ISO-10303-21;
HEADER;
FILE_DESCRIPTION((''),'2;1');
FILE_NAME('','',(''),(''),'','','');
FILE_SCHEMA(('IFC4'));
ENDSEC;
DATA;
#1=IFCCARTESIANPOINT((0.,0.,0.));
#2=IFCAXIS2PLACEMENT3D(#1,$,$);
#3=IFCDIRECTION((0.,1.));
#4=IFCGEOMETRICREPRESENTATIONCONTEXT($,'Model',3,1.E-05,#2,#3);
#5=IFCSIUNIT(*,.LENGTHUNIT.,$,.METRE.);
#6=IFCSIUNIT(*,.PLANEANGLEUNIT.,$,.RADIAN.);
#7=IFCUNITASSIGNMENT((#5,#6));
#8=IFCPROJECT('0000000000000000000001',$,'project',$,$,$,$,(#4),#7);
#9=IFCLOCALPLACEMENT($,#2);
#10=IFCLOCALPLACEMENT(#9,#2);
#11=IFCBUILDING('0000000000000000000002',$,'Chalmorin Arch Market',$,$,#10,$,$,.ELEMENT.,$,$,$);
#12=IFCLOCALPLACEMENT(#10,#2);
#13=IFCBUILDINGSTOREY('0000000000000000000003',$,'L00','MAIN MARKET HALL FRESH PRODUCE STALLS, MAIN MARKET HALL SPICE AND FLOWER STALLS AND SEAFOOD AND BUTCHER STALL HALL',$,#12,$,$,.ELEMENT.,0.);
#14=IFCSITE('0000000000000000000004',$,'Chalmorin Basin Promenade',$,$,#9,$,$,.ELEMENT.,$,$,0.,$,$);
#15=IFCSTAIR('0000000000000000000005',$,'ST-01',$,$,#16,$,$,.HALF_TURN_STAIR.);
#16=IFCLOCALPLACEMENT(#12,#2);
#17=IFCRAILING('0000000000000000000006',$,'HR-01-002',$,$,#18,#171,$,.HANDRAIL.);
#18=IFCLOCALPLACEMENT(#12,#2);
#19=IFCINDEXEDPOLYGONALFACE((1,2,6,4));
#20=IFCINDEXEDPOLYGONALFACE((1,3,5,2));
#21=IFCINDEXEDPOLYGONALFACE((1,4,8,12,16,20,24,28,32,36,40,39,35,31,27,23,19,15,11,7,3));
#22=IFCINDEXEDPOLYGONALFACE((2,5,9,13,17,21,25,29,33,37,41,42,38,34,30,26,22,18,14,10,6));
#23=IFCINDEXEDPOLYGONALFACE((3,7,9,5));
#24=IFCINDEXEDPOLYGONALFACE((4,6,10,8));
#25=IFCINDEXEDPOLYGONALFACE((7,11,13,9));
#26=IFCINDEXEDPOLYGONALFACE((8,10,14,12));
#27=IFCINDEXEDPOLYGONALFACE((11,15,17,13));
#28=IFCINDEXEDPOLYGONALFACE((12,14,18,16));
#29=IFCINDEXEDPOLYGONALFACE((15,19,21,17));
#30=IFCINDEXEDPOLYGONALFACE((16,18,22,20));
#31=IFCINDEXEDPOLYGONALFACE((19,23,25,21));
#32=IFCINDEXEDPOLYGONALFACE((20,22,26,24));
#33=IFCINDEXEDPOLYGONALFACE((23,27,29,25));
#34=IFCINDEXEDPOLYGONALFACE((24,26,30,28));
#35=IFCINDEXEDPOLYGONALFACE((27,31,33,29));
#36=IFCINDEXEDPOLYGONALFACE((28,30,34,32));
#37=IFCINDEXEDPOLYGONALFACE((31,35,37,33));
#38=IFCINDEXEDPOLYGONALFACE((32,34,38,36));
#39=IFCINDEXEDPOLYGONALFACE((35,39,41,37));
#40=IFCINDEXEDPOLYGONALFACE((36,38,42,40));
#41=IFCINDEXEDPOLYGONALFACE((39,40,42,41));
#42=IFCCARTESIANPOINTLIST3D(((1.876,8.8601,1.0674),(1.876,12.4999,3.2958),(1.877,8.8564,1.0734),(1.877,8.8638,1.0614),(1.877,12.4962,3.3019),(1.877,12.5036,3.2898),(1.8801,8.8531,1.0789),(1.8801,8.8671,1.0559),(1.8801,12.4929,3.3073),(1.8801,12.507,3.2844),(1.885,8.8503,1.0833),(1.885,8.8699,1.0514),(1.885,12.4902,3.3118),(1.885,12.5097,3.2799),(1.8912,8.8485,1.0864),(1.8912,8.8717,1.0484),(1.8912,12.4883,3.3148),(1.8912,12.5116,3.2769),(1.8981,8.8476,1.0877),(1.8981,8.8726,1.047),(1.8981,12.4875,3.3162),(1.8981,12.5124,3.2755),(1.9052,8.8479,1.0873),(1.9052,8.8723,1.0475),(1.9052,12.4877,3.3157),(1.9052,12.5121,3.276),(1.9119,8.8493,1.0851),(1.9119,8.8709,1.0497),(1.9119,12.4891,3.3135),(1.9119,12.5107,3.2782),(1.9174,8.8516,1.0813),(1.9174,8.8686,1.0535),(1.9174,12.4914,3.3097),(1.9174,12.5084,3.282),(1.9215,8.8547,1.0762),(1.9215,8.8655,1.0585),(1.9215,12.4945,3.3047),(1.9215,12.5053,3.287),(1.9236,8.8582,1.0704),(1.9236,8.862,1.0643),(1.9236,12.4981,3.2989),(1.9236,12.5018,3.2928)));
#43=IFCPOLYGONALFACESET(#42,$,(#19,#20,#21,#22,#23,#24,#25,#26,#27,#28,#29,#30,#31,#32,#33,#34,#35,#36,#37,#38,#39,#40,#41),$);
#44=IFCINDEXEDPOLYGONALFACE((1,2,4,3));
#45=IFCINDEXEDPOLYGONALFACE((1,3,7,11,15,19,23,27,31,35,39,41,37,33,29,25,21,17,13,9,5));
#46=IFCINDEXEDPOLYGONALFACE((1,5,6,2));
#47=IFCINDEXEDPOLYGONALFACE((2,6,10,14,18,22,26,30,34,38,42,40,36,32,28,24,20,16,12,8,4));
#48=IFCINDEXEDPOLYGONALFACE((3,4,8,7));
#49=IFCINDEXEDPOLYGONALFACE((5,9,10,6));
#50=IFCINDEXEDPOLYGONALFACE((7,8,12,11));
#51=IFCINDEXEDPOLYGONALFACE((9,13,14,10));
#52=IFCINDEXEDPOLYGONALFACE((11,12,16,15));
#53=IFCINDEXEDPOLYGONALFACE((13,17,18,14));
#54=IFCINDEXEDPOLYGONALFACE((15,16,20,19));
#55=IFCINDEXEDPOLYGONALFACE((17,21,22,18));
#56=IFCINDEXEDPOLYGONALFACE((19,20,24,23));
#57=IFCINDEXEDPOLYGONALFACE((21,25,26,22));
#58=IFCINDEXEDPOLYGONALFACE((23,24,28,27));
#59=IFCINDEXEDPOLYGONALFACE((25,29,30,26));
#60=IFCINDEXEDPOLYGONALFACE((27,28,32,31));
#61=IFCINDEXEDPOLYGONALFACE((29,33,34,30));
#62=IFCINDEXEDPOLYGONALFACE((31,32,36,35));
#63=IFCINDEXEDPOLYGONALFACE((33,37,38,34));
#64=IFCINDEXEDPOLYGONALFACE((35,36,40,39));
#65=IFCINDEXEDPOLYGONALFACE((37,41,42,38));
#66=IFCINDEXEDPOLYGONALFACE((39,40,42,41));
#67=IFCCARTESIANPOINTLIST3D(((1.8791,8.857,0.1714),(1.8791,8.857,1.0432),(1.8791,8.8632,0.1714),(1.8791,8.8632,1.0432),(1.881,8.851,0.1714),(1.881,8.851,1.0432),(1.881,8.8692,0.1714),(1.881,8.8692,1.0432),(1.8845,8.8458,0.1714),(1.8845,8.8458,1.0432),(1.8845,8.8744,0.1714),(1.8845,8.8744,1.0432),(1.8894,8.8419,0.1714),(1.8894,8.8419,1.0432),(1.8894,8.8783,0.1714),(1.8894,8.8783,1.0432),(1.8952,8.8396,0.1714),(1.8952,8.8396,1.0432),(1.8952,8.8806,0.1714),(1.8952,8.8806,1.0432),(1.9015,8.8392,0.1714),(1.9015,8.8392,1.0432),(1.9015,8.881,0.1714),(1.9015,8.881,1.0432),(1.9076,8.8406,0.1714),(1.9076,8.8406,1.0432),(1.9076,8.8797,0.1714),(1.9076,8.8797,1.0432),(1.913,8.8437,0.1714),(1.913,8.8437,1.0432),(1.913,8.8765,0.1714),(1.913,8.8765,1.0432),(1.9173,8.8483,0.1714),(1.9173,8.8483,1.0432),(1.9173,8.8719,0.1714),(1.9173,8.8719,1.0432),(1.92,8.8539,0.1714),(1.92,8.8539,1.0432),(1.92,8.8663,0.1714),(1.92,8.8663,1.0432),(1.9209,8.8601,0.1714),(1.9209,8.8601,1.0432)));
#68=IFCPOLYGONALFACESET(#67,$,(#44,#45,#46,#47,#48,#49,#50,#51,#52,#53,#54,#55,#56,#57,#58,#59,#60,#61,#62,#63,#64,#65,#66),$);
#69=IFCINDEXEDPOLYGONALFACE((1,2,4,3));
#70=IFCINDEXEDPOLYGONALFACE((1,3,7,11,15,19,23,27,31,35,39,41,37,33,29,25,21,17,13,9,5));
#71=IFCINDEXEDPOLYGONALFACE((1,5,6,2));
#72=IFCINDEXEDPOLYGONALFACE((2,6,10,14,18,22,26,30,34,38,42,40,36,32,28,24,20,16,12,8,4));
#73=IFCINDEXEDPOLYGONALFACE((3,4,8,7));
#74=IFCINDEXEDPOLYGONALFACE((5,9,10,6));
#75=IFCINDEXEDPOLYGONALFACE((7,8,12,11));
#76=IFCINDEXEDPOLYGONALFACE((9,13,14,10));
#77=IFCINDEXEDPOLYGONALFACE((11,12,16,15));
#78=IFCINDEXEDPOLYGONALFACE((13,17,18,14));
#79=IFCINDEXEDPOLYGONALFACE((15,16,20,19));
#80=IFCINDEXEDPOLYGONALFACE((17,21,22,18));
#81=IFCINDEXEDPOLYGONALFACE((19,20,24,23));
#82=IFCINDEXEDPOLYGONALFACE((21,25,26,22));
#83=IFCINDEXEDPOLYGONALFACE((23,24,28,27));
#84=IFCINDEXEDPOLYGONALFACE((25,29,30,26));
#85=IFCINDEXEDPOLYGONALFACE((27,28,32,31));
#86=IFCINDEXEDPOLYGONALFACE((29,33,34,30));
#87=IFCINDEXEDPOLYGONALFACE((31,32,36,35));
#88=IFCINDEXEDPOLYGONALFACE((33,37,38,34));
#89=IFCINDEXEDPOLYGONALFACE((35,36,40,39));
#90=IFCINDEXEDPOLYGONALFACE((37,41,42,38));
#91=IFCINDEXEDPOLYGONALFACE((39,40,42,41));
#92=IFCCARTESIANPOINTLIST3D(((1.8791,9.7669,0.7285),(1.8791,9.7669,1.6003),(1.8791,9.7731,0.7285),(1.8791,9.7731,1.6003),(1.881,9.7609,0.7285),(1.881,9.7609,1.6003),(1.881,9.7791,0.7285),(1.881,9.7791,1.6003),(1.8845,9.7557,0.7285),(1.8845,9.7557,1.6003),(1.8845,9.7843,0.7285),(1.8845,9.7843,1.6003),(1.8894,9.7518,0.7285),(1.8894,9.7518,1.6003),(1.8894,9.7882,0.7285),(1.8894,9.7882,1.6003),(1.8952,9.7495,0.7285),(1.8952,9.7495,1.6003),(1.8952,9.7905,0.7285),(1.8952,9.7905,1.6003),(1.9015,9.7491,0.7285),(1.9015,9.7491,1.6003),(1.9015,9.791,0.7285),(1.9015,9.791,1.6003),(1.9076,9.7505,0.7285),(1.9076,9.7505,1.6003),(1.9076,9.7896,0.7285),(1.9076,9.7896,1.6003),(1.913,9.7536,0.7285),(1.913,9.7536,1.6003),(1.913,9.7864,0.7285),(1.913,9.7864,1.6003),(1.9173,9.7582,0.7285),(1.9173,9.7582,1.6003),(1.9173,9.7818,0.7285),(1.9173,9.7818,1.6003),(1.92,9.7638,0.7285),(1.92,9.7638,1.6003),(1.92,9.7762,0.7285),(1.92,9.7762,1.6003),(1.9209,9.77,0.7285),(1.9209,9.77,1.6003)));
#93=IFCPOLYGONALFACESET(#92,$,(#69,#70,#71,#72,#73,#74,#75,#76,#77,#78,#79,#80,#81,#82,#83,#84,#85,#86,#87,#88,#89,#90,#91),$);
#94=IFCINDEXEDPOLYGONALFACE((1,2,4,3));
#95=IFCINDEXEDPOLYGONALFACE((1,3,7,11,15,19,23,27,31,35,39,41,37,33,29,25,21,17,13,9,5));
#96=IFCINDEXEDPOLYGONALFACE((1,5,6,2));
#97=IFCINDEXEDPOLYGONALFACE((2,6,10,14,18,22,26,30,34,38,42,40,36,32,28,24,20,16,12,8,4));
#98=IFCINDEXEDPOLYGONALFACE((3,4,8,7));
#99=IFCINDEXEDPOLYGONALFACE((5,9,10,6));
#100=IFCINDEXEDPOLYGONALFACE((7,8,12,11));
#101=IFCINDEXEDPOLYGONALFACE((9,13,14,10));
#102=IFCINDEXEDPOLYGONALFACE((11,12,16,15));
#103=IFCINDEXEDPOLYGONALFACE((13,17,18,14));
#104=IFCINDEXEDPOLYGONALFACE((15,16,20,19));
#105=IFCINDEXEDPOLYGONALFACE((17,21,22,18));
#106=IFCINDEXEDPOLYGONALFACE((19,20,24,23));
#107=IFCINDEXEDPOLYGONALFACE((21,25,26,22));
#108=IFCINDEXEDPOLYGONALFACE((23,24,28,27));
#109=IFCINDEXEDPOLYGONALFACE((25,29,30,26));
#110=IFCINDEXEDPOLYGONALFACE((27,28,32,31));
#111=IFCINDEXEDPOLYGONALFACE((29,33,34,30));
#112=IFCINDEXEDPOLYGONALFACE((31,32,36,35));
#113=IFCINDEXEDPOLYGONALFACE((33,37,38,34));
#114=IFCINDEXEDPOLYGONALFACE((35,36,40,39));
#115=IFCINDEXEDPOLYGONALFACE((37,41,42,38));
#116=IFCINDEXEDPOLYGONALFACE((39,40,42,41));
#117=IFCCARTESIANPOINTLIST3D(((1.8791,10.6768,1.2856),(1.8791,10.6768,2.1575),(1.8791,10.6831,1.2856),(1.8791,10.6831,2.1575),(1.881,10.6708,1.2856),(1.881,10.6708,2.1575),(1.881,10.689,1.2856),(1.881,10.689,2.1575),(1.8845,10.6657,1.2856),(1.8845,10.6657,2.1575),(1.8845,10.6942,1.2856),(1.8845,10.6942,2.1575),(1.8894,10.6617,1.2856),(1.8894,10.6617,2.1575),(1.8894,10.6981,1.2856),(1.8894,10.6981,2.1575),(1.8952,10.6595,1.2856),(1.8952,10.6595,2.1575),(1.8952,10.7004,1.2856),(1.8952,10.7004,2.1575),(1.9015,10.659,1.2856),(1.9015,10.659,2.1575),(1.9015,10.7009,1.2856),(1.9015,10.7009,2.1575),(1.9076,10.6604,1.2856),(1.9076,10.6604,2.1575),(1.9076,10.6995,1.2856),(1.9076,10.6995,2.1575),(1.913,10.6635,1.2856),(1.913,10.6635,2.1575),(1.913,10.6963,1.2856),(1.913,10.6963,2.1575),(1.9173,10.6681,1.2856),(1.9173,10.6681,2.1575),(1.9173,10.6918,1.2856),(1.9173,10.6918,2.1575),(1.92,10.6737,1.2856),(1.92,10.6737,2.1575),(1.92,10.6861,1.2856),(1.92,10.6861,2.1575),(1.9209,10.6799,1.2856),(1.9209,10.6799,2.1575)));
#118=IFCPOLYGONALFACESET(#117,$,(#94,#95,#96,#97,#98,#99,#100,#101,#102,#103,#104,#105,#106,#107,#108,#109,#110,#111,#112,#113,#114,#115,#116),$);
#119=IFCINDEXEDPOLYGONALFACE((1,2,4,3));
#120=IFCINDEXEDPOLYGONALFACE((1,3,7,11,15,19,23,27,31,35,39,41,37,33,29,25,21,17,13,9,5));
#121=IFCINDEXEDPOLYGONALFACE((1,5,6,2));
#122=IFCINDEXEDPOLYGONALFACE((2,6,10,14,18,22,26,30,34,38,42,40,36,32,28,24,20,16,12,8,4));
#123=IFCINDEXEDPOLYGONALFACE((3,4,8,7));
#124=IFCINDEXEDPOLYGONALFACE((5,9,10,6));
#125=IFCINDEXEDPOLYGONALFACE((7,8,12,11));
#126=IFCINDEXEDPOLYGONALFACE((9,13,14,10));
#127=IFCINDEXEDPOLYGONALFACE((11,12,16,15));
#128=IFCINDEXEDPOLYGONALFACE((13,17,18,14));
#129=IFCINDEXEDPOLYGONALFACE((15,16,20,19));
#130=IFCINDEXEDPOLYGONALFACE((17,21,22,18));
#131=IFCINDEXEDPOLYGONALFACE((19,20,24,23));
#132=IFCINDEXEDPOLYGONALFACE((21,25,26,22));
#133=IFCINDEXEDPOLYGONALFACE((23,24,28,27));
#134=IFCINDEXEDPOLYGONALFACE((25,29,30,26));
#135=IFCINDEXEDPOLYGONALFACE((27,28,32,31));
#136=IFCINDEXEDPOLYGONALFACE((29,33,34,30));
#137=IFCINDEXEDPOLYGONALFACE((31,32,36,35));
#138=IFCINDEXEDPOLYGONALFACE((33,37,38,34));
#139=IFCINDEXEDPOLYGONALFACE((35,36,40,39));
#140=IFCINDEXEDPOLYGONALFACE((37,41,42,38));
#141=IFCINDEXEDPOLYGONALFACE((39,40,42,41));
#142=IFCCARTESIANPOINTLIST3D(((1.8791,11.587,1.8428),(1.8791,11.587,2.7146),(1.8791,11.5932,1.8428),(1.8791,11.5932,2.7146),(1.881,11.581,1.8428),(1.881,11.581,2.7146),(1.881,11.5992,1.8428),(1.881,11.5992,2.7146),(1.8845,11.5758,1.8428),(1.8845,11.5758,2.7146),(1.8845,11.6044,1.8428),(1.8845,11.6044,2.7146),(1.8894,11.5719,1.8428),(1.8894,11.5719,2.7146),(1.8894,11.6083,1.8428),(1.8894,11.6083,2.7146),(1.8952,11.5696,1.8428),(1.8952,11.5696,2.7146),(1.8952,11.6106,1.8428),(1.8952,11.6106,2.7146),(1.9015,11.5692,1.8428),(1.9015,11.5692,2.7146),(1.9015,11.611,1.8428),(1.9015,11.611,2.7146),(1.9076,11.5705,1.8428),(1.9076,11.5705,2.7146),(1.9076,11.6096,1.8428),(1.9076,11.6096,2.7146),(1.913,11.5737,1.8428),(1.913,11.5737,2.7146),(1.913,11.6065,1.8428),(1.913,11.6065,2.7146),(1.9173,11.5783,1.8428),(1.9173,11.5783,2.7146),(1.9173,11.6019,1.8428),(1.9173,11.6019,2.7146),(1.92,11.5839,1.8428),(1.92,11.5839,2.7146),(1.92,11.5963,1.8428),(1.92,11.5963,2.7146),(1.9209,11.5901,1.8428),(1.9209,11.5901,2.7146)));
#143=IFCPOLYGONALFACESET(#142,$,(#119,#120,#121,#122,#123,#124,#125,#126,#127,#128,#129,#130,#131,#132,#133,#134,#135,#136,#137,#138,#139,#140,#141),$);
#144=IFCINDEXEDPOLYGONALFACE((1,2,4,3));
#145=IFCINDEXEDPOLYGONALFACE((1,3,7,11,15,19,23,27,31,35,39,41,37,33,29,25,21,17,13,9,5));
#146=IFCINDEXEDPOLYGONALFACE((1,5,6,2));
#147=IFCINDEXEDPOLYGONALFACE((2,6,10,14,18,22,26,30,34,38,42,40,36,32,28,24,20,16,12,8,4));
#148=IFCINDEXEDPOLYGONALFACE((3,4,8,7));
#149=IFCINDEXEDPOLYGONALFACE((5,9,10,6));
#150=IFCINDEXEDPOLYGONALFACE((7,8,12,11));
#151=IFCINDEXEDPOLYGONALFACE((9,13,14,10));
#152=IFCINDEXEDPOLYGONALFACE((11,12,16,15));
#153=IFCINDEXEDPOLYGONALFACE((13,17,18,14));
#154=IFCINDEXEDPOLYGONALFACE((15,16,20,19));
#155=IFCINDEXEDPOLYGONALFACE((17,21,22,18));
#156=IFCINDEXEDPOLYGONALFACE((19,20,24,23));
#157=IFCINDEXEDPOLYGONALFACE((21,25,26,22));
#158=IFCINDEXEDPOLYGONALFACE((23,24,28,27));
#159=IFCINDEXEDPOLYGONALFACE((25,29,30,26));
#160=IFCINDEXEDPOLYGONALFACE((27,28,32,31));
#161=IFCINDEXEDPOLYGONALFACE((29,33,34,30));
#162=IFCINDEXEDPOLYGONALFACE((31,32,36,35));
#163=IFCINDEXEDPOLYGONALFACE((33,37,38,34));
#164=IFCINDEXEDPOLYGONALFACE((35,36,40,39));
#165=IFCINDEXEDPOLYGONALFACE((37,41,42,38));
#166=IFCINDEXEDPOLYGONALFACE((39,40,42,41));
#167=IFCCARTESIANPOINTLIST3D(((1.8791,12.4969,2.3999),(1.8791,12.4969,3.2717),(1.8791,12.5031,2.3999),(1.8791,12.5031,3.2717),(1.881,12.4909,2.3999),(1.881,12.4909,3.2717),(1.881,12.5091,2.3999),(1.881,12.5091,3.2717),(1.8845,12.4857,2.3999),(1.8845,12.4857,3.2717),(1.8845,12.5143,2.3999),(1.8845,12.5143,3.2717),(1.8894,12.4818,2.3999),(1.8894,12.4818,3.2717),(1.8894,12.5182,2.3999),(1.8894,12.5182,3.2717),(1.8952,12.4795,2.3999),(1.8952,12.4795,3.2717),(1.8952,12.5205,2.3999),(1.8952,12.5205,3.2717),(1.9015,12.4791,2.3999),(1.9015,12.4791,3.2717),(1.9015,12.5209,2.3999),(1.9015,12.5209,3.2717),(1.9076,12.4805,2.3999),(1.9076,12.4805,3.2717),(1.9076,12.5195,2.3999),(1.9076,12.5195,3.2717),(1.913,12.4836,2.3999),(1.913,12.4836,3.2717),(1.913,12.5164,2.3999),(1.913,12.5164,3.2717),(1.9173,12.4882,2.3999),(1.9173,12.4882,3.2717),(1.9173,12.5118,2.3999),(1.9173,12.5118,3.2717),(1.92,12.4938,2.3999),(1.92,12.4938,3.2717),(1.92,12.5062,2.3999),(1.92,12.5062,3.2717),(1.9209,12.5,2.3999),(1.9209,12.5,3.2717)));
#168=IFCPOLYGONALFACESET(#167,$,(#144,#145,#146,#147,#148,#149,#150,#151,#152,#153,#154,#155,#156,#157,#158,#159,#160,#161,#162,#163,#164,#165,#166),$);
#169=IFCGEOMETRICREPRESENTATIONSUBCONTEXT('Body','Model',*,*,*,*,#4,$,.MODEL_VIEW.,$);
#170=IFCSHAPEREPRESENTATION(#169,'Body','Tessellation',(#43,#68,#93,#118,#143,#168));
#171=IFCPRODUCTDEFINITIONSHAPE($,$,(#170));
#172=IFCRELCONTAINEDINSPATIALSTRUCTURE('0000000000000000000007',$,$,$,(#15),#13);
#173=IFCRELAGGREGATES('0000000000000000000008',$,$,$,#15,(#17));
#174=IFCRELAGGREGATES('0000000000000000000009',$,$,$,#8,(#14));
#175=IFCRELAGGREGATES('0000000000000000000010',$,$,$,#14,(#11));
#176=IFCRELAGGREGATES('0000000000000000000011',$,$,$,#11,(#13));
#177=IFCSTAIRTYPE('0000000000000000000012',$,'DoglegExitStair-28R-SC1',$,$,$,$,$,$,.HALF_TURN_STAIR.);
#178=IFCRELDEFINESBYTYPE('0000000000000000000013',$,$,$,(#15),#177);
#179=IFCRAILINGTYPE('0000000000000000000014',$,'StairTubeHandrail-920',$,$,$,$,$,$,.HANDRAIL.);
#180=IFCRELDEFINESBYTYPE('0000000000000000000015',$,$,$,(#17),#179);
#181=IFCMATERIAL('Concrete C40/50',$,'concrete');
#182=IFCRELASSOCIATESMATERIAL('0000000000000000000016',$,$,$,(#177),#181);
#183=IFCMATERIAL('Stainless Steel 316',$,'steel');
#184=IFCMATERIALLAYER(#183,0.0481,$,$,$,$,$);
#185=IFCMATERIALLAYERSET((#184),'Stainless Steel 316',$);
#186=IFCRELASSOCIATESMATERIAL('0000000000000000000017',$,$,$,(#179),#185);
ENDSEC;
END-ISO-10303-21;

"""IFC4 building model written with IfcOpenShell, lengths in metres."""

from ifc_helpers import new_model, si_unit, direction, frame, origin, origin_2d, place, context, subcontext, project, spatial, circle, extrude, material, layer, layer_set, type_object, element, aggregate, save


model = new_model("IFC4")

# Units and contexts
model_context = context("Model", 3, precision=1e-05, world=origin(), true_north=direction((0.0, 1.0)))
body_context = subcontext(model_context, "Body", "Model", "MODEL_VIEW")
ifc_project = project(units=[si_unit("LENGTHUNIT", "METRE"), si_unit("PLANEANGLEUNIT", "RADIAN")], contexts=[model_context])

# Site, building, storey
site_placement = place(None, origin())
site = spatial("IfcSite", under=ifc_project, at=site_placement, Name="Chalmorin Basin Promenade", CompositionType="ELEMENT", RefElevation=0.0)
building_placement = place(site_placement, origin())
building = spatial("IfcBuilding", under=site, at=building_placement, Name="Chalmorin Arch Market", CompositionType="ELEMENT")
storey_placement = place(building_placement, origin())
storey = spatial("IfcBuildingStorey", under=building, at=storey_placement, Name="L00", Description="MAIN MARKET HALL FRESH PRODUCE STALLS, MAIN MARKET HALL SPICE AND FLOWER STALLS AND SEAFOOD AND BUTCHER STALL HALL", CompositionType="ELEMENT", Elevation=0.0)

# Shared definitions
ifc_material_1 = material(Name="Concrete C40/50", Category="concrete")

# Stair, railing
stair_type = type_object("IfcStairType", Name="DoglegExitStair-28R-SC1", PredefinedType="HALF_TURN_STAIR", material=ifc_material_1)
stair_placement = place(storey_placement, origin())
stair = element("IfcStair", 1, at=stair_placement, inside=storey, type_object=stair_type, Name="ST-01", PredefinedType="HALF_TURN_STAIR")
ifc_material_2 = material(Name="Stainless Steel 316", Category="steel")
ifc_layer_1 = layer(ifc_material_2, 0.0481)
ifc_layer_set_1 = layer_set([ifc_layer_1], Name="Stainless Steel 316")
railing_type = type_object("IfcRailingType", Name="StairTubeHandrail-920", PredefinedType="HANDRAIL", material=ifc_layer_set_1)
railing_placement = place(storey_placement, frame((1.8999, 8.8601, 0.1714)))
railing = element("IfcRailing", 2, at=railing_placement, type_object=railing_type, Name="HR-01-002", PredefinedType="HANDRAIL", context=body_context, shape_type="SweptSolid", body=[
    extrude(circle(Radius=0.0239, at=origin_2d()), frame((0.0, 0.0, 0.896), z_axis=(0.0, 0.85285, 0.522156), x_axis=(-1.0, 0.0, 0.0)), (0.0, 0.0, 1.0), 4.2678),
    extrude(circle(Radius=0.021, at=origin_2d()), origin(), (0.0, 0.0, 1.0), 0.8718),
    extrude(circle(Radius=0.021, at=origin_2d()), frame((0.0, 0.9099, 0.5571)), (0.0, 0.0, 1.0), 0.8718),
    extrude(circle(Radius=0.021, at=origin_2d()), frame((0.0, 1.8198, 1.1143)), (0.0, 0.0, 1.0), 0.8718),
    extrude(circle(Radius=0.021, at=origin_2d()), frame((0.0, 2.73, 1.6714)), (0.0, 0.0, 1.0), 0.8718),
    extrude(circle(Radius=0.021, at=origin_2d()), frame((0.0, 3.6399, 2.2285)), (0.0, 0.0, 1.0), 0.8718),
])
aggregate(stair, [railing])

save(model, "model.ifc")
